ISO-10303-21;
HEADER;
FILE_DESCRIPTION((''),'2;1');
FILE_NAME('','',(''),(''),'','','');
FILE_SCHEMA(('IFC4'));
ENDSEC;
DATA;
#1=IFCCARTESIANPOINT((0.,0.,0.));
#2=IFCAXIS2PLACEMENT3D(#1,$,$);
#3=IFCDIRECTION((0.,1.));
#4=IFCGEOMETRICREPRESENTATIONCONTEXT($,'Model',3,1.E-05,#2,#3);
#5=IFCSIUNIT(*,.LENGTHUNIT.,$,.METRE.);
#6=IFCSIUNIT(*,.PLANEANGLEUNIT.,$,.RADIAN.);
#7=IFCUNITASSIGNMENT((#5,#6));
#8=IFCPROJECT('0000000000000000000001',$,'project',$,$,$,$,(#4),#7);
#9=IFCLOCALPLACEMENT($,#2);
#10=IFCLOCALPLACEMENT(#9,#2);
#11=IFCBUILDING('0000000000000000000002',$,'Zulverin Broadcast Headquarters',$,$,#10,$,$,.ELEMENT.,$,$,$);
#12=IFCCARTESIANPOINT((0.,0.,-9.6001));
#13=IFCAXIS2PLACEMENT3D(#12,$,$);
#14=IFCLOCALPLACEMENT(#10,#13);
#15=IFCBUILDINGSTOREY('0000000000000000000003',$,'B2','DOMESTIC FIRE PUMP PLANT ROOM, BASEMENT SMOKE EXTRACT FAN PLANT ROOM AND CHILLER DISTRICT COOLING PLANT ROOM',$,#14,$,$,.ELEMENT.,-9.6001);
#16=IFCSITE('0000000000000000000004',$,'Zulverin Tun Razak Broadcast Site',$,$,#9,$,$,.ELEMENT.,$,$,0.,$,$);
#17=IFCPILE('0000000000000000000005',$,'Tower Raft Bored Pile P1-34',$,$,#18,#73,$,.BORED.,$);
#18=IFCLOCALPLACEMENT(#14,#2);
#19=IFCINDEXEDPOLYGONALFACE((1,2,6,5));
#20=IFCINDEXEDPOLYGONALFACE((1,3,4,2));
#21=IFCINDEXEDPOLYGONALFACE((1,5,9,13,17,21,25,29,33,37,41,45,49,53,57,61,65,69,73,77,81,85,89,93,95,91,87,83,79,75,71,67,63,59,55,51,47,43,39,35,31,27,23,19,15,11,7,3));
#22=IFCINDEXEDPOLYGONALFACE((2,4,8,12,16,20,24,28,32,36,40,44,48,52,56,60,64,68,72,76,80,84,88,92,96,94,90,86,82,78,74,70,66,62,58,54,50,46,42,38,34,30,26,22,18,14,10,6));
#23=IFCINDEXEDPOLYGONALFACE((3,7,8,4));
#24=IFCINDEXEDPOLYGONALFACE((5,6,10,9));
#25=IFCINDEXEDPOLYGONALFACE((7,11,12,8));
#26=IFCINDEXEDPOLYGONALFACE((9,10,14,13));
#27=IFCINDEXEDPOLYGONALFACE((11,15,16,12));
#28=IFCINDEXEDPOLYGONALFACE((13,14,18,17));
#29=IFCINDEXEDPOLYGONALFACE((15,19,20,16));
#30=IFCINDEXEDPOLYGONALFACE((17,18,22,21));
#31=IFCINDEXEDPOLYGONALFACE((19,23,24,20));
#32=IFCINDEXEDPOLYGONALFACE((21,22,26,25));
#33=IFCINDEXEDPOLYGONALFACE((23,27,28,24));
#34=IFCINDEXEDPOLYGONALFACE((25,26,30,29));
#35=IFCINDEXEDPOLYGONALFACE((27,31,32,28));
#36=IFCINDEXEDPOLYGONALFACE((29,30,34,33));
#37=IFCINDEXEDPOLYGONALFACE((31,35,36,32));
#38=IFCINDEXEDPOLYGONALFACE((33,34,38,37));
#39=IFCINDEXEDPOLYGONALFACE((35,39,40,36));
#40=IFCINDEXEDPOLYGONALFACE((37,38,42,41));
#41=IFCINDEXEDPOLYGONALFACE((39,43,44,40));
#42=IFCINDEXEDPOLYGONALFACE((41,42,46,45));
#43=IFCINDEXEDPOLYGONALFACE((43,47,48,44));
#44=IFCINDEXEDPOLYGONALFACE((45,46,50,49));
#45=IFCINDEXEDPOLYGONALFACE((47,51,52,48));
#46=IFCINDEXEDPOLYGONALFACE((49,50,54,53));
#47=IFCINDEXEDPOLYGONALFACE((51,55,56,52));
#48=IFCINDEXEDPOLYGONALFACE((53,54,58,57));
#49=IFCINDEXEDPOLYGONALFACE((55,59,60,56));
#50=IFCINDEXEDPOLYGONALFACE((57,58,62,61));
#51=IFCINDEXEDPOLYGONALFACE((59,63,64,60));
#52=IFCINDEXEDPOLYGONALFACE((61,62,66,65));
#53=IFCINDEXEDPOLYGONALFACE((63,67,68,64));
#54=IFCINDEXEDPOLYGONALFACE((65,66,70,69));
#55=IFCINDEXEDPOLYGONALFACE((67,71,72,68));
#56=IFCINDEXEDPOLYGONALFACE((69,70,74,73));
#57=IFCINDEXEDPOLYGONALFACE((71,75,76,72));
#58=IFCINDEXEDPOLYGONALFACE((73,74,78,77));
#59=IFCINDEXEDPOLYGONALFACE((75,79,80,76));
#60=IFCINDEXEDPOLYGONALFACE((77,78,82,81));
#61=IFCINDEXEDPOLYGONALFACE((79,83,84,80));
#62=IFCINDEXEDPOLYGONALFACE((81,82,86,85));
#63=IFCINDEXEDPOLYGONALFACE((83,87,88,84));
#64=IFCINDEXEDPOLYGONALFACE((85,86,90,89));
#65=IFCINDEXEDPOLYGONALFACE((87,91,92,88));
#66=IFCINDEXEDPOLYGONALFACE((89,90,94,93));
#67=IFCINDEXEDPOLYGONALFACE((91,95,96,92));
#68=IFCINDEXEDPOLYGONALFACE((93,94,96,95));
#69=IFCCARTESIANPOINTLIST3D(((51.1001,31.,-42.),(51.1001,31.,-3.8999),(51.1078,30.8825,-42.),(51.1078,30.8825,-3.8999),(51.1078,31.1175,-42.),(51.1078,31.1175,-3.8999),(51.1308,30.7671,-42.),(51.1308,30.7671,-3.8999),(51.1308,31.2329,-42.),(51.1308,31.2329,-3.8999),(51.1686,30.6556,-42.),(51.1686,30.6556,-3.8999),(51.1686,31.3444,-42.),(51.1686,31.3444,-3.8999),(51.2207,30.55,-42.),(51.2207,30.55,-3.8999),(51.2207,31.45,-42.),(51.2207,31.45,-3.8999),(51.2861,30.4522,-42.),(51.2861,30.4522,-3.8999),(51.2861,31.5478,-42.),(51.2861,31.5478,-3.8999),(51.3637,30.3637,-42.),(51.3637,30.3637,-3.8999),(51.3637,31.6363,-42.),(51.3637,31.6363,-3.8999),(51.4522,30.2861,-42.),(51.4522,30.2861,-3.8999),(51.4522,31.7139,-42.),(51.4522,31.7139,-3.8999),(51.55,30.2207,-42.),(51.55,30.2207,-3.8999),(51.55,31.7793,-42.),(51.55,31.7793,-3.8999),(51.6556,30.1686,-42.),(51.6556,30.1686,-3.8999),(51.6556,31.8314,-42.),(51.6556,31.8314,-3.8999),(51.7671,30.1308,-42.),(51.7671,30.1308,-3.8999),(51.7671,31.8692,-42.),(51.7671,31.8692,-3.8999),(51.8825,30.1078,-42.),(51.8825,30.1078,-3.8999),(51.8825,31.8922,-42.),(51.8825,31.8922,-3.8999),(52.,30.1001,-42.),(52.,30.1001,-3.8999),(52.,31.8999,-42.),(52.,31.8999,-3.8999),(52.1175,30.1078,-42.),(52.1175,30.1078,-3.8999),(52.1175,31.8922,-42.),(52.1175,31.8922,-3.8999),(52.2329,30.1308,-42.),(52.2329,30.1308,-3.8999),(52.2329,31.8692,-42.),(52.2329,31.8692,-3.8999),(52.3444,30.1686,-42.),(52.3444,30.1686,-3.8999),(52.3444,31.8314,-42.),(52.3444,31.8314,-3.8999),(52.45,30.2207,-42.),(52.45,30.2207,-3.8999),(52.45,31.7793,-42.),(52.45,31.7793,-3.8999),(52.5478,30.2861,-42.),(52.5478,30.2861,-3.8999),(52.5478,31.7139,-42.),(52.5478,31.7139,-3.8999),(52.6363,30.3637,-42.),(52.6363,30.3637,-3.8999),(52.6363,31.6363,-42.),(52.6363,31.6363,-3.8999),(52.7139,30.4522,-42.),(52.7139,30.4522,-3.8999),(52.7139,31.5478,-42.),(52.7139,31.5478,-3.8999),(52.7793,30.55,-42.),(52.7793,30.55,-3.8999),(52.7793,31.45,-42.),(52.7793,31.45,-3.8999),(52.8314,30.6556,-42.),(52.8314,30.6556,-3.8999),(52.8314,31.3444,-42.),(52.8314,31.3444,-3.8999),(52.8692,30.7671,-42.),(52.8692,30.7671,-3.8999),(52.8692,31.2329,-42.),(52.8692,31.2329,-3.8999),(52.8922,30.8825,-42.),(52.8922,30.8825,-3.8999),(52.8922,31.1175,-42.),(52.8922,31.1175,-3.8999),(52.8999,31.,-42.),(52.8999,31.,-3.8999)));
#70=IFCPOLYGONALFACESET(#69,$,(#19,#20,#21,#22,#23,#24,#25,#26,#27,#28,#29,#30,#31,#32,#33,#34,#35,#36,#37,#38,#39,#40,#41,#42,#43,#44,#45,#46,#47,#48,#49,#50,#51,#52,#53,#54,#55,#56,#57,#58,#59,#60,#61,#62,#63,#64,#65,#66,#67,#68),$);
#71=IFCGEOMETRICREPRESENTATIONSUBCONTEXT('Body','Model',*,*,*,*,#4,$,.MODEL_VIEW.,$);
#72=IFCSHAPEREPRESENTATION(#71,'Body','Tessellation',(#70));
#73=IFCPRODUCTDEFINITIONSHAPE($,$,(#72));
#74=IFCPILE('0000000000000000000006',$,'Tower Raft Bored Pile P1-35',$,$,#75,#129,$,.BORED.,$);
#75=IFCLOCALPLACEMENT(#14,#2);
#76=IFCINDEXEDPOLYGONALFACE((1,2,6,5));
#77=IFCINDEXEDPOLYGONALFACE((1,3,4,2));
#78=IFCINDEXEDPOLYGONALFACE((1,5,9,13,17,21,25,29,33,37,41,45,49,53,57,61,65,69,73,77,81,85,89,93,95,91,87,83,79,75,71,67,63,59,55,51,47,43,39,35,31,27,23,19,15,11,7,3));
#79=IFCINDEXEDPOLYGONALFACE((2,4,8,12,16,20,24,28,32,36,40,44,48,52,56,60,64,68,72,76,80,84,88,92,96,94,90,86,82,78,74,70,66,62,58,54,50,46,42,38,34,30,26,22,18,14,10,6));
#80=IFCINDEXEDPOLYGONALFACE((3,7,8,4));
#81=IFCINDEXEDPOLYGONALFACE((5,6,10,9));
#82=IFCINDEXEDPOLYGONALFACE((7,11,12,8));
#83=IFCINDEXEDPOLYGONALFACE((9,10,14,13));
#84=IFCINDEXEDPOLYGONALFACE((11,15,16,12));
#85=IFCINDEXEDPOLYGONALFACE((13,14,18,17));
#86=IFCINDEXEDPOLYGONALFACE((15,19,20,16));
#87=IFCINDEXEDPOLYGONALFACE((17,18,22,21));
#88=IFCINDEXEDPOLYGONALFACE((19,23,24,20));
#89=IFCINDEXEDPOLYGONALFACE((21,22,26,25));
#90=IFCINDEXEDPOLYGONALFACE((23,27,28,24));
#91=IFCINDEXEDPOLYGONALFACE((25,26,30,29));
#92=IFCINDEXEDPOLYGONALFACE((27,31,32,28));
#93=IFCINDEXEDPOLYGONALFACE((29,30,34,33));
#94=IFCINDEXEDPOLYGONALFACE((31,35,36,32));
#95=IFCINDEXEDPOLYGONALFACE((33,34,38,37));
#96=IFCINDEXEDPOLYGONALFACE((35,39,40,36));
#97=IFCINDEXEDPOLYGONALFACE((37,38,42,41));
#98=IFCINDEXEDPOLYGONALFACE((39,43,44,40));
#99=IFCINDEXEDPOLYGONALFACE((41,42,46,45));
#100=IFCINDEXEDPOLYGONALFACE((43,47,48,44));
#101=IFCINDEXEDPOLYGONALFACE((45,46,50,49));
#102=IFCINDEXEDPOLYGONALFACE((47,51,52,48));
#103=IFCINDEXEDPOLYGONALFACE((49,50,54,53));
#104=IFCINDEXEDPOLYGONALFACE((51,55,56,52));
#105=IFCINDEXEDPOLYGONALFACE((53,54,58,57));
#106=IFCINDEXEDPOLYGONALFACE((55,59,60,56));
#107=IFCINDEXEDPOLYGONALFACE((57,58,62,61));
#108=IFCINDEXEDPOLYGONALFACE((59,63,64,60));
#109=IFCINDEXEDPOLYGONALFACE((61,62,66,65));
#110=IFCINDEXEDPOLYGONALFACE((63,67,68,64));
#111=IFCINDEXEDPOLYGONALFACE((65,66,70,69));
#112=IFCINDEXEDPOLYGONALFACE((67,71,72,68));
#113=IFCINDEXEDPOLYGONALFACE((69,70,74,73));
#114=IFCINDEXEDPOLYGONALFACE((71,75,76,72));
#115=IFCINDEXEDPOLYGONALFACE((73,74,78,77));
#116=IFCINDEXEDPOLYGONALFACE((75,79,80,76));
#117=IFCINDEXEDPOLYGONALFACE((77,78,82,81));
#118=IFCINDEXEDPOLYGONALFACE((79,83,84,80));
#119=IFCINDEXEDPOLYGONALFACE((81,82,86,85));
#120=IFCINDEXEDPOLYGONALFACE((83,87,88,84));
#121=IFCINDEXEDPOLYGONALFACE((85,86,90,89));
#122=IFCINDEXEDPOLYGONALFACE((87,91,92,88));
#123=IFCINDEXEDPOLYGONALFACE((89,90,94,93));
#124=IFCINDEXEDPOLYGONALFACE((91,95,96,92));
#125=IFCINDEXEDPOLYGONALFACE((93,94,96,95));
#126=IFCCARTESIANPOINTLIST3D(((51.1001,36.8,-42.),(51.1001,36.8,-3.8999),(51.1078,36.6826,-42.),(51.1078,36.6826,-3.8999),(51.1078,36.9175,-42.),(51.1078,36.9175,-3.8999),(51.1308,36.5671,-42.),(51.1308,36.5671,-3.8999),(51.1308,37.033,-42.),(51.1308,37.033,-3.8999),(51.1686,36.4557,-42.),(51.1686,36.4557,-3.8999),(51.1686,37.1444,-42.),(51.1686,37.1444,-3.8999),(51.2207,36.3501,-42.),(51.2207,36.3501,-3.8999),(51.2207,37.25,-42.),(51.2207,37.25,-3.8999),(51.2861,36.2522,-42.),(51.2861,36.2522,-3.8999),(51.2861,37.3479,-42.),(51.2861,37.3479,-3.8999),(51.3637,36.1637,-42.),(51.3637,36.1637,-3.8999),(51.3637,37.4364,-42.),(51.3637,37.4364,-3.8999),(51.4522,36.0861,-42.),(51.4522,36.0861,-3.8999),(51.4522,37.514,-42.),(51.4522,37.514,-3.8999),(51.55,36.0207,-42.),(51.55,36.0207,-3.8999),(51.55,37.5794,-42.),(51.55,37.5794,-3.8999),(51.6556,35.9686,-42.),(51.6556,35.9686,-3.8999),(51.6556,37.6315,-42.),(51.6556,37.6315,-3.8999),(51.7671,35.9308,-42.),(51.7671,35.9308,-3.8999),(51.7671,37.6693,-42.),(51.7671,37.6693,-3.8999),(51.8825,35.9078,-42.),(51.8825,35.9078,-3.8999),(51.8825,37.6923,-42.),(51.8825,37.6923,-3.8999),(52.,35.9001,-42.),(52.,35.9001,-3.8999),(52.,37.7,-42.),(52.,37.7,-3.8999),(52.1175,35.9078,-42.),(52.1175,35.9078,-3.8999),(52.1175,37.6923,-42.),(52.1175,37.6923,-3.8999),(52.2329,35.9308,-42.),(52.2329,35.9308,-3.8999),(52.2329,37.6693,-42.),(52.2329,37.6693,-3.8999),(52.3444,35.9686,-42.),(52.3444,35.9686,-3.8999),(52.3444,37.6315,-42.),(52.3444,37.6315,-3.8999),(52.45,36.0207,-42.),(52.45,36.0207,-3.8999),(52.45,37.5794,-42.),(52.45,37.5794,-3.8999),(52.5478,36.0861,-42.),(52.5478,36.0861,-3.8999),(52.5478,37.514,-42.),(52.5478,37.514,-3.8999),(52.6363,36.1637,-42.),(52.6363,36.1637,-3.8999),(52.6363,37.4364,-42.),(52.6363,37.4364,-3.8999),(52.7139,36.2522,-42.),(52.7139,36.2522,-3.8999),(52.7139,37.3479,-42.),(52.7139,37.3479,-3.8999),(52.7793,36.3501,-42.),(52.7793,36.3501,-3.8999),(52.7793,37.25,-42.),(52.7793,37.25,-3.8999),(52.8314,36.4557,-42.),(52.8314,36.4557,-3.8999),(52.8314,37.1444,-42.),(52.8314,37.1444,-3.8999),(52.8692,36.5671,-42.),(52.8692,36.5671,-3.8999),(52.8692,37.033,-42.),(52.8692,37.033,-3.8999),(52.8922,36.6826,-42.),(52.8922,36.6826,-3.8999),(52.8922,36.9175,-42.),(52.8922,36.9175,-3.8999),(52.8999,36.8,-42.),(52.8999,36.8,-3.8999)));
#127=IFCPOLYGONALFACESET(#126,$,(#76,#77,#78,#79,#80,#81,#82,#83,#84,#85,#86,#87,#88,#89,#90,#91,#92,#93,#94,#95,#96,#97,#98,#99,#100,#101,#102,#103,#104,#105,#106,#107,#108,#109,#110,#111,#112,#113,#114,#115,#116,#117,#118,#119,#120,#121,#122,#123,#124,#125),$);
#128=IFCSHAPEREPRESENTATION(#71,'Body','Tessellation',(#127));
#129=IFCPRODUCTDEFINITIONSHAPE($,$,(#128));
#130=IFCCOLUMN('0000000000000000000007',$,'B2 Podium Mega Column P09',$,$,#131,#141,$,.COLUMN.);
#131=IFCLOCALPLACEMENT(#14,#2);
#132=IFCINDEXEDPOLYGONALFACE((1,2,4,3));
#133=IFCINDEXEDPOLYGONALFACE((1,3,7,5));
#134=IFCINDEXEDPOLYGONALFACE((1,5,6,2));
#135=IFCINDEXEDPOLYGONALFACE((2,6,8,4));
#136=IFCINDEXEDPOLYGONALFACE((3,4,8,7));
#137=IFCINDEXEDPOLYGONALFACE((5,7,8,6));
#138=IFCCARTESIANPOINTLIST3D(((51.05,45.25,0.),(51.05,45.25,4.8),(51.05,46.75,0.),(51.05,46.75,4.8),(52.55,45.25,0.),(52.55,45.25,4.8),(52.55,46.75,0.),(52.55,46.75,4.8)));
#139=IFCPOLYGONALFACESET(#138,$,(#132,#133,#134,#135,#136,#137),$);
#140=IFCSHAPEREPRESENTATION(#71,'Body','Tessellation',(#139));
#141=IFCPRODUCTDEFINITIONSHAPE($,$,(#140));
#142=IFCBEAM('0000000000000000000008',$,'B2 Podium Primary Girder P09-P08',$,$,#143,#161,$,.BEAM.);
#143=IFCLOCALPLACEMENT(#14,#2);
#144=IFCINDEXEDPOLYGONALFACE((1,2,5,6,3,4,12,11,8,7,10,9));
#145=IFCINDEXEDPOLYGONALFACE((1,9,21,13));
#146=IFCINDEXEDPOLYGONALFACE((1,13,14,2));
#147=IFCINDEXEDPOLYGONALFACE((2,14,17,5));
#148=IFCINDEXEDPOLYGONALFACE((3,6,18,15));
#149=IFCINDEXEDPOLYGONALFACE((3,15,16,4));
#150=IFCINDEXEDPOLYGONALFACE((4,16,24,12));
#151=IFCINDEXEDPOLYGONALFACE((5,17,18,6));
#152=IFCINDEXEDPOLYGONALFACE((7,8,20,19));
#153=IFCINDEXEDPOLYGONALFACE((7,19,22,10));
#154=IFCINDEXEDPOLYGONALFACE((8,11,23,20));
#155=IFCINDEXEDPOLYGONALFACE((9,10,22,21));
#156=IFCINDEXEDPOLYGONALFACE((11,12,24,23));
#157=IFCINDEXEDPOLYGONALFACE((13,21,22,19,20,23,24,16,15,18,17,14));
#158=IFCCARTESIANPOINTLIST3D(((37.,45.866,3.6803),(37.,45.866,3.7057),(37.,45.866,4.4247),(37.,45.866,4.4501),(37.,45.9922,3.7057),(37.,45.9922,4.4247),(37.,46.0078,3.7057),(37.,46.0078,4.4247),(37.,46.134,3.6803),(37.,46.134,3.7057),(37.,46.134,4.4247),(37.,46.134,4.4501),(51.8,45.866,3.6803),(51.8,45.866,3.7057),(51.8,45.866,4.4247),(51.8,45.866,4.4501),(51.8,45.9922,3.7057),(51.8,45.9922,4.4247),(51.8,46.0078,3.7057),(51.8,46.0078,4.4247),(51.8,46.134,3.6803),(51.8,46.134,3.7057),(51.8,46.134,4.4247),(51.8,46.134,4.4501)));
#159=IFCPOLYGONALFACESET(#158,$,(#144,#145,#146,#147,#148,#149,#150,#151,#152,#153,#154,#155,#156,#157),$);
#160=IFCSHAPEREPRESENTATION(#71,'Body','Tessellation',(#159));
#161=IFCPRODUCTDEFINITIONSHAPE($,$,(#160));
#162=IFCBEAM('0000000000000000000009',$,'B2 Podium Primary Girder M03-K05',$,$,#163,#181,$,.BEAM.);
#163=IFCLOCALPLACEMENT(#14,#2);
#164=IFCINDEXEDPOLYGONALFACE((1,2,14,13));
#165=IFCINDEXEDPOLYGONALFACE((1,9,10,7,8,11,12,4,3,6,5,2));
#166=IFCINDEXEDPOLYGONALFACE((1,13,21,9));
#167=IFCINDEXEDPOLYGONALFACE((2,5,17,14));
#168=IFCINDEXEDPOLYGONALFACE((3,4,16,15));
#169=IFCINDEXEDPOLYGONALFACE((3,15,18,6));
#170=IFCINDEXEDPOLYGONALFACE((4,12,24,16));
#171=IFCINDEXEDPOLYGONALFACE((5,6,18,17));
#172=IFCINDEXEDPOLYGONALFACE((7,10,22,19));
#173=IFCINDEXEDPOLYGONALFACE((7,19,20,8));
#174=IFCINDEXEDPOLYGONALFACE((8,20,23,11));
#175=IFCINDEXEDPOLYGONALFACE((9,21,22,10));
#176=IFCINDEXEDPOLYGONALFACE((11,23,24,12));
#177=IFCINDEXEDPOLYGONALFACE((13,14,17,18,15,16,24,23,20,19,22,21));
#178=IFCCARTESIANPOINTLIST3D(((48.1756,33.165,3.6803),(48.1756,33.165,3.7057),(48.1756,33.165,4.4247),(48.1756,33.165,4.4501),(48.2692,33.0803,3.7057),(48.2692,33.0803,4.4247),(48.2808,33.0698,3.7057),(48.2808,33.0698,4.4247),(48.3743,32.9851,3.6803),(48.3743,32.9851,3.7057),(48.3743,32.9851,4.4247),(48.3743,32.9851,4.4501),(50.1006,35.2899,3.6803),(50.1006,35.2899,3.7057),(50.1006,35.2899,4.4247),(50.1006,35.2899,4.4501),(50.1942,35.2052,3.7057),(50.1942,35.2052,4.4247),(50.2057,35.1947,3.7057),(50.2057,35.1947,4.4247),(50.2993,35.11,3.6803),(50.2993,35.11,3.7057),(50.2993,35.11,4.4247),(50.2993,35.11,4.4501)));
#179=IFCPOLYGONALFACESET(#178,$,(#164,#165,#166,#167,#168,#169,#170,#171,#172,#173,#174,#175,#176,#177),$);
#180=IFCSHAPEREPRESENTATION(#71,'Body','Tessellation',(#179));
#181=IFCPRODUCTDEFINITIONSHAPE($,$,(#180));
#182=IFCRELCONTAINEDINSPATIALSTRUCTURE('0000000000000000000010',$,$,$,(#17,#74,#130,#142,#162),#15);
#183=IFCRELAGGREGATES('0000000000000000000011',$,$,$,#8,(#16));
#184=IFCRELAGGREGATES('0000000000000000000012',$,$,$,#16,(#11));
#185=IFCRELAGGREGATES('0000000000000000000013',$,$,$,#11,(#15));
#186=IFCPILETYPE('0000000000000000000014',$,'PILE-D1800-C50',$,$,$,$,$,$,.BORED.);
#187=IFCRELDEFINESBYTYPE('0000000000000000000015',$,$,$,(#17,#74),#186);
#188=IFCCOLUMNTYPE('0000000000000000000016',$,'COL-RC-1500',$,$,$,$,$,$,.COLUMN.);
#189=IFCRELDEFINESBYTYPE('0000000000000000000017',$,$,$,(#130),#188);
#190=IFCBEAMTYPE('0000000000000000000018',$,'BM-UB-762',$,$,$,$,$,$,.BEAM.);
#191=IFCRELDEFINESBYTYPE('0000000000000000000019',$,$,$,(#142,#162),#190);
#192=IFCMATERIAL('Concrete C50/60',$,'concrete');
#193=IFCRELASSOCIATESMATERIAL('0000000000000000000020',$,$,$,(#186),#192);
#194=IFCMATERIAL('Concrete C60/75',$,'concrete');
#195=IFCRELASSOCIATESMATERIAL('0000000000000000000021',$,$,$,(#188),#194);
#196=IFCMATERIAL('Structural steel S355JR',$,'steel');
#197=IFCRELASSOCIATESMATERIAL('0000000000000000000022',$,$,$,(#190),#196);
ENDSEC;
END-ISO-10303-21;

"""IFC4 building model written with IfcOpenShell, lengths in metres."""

from ifc_helpers import new_model, si_unit, direction, frame, origin, origin_2d, place, context, subcontext, project, spatial, rectangle, circle, i_section, extrude, material, material_profile, profile_set, type_object, element, save


model = new_model("IFC4")

# Units and contexts
model_context = context("Model", 3, precision=1e-05, world=origin(), true_north=direction((0.0, 1.0)))
body_context = subcontext(model_context, "Body", "Model", "MODEL_VIEW")
ifc_project = project(units=[si_unit("LENGTHUNIT", "METRE"), si_unit("PLANEANGLEUNIT", "RADIAN")], contexts=[model_context])

# Site, building, storey
site_placement = place(None, origin())
site = spatial("IfcSite", under=ifc_project, at=site_placement, Name="Zulverin Tun Razak Broadcast Site", CompositionType="ELEMENT", RefElevation=0.0)
building_placement = place(site_placement, origin())
building = spatial("IfcBuilding", under=site, at=building_placement, Name="Zulverin Broadcast Headquarters", CompositionType="ELEMENT")
storey_placement = place(building_placement, frame((0.0, 0.0, -9.6001)))
storey = spatial("IfcBuildingStorey", under=building, at=storey_placement, Name="B2", Description="DOMESTIC FIRE PUMP PLANT ROOM, BASEMENT SMOKE EXTRACT FAN PLANT ROOM AND CHILLER DISTRICT COOLING PLANT ROOM", CompositionType="ELEMENT", Elevation=-9.6001)

# Shared definitions
ifc_material_1 = material(Name="Concrete C50/60", Category="concrete")

# Piles
ifc_material_profile_1 = material_profile(ifc_material_1, circle(Radius=0.8999, at=origin_2d()), Name="Concrete C50/60", Category="concrete")
ifc_profile_set_1 = profile_set([ifc_material_profile_1], Name="Concrete C50/60")
pile_type_1 = type_object("IfcPileType", Name="PILE-D1800-C50", PredefinedType="BORED", material=ifc_profile_set_1)
for number, where, z_axis, x_axis, name in (
    (1, (52.0, 31.0, -3.8999), (0.0, 0.0, -1.0), (1.0, 0.0, 0.0), "Tower Raft Bored Pile P1-34"),
    (2, (52.0, 36.8, -3.8999), (0.0, 0.0, -1.0), (1.0, 0.0, 0.0), "Tower Raft Bored Pile P1-35"),
):
    element("IfcPile", number, at=place(storey_placement, frame(where, z_axis=z_axis, x_axis=x_axis)), inside=storey, type_object=pile_type_1, Name=name, PredefinedType="BORED", context=body_context, shape_type="SweptSolid", body=[
        extrude(circle(Radius=0.8999, at=origin_2d()), origin(), (0.0, 0.0, 1.0), 38.1001),
    ])

# Column
ifc_material_2 = material(Name="Concrete C60/75", Category="concrete")
ifc_material_profile_2 = material_profile(ifc_material_2, rectangle(XDim=1.5, YDim=1.5, at=origin_2d()), Name="Concrete C60/75", Category="concrete")
ifc_profile_set_2 = profile_set([ifc_material_profile_2], Name="Concrete C60/75")
column_type = type_object("IfcColumnType", Name="COL-RC-1500", PredefinedType="COLUMN", material=ifc_profile_set_2)
column_placement = place(storey_placement, frame((51.8, 46.0, 0.0), z_axis=(0.0, 0.0, 1.0), x_axis=(1.0, 0.0, 0.0)))
element("IfcColumn", 3, at=column_placement, inside=storey, type_object=column_type, Name="B2 Podium Mega Column P09", PredefinedType="COLUMN", context=body_context, shape_type="SweptSolid", body=[
    extrude(rectangle(XDim=1.5, YDim=1.5, at=origin_2d()), origin(), (0.0, 0.0, 1.0), 4.8),
])

# Beams
ifc_material_3 = material(Name="Structural steel S355JR", Category="steel")
ifc_material_profile_3 = material_profile(ifc_material_3, i_section(OverallWidth=0.2681, OverallDepth=0.7698, WebThickness=0.0156, FlangeThickness=0.0254, at=origin_2d()), Name="Structural steel S355JR", Category="steel")
ifc_profile_set_3 = profile_set([ifc_material_profile_3], Name="Structural steel S355JR")
beam_type = type_object("IfcBeamType", Name="BM-UB-762", PredefinedType="BEAM", material=ifc_profile_set_3)
beam_1_placement = place(storey_placement, frame((51.8, 46.0, 4.0652), z_axis=(-1.0, 0.0, 0.0), x_axis=(0.0, -1.0, 0.0)))
element("IfcBeam", 4, at=beam_1_placement, inside=storey, type_object=beam_type, Name="B2 Podium Primary Girder P09-P08", PredefinedType="BEAM", context=body_context, shape_type="SweptSolid", body=[
    extrude(i_section(OverallWidth=0.2681, OverallDepth=0.7698, WebThickness=0.0156, FlangeThickness=0.0254, at=origin_2d()), origin(), (0.0, 0.0, 1.0), 14.8),
])
beam_2_placement = place(storey_placement, frame((50.2, 35.2, 4.0652), z_axis=(-0.671379, -0.741114, 0.0), x_axis=(0.741114, -0.671379, 0.0)))
element("IfcBeam", 5, at=beam_2_placement, inside=storey, type_object=beam_type, Name="B2 Podium Primary Girder M03-K05", PredefinedType="BEAM", context=body_context, shape_type="SweptSolid", body=[
    extrude(i_section(OverallWidth=0.2681, OverallDepth=0.7698, WebThickness=0.0156, FlangeThickness=0.0254, at=origin_2d()), origin(), (0.0, 0.0, 1.0), 2.8672),
])

save(model, "model.ifc")
